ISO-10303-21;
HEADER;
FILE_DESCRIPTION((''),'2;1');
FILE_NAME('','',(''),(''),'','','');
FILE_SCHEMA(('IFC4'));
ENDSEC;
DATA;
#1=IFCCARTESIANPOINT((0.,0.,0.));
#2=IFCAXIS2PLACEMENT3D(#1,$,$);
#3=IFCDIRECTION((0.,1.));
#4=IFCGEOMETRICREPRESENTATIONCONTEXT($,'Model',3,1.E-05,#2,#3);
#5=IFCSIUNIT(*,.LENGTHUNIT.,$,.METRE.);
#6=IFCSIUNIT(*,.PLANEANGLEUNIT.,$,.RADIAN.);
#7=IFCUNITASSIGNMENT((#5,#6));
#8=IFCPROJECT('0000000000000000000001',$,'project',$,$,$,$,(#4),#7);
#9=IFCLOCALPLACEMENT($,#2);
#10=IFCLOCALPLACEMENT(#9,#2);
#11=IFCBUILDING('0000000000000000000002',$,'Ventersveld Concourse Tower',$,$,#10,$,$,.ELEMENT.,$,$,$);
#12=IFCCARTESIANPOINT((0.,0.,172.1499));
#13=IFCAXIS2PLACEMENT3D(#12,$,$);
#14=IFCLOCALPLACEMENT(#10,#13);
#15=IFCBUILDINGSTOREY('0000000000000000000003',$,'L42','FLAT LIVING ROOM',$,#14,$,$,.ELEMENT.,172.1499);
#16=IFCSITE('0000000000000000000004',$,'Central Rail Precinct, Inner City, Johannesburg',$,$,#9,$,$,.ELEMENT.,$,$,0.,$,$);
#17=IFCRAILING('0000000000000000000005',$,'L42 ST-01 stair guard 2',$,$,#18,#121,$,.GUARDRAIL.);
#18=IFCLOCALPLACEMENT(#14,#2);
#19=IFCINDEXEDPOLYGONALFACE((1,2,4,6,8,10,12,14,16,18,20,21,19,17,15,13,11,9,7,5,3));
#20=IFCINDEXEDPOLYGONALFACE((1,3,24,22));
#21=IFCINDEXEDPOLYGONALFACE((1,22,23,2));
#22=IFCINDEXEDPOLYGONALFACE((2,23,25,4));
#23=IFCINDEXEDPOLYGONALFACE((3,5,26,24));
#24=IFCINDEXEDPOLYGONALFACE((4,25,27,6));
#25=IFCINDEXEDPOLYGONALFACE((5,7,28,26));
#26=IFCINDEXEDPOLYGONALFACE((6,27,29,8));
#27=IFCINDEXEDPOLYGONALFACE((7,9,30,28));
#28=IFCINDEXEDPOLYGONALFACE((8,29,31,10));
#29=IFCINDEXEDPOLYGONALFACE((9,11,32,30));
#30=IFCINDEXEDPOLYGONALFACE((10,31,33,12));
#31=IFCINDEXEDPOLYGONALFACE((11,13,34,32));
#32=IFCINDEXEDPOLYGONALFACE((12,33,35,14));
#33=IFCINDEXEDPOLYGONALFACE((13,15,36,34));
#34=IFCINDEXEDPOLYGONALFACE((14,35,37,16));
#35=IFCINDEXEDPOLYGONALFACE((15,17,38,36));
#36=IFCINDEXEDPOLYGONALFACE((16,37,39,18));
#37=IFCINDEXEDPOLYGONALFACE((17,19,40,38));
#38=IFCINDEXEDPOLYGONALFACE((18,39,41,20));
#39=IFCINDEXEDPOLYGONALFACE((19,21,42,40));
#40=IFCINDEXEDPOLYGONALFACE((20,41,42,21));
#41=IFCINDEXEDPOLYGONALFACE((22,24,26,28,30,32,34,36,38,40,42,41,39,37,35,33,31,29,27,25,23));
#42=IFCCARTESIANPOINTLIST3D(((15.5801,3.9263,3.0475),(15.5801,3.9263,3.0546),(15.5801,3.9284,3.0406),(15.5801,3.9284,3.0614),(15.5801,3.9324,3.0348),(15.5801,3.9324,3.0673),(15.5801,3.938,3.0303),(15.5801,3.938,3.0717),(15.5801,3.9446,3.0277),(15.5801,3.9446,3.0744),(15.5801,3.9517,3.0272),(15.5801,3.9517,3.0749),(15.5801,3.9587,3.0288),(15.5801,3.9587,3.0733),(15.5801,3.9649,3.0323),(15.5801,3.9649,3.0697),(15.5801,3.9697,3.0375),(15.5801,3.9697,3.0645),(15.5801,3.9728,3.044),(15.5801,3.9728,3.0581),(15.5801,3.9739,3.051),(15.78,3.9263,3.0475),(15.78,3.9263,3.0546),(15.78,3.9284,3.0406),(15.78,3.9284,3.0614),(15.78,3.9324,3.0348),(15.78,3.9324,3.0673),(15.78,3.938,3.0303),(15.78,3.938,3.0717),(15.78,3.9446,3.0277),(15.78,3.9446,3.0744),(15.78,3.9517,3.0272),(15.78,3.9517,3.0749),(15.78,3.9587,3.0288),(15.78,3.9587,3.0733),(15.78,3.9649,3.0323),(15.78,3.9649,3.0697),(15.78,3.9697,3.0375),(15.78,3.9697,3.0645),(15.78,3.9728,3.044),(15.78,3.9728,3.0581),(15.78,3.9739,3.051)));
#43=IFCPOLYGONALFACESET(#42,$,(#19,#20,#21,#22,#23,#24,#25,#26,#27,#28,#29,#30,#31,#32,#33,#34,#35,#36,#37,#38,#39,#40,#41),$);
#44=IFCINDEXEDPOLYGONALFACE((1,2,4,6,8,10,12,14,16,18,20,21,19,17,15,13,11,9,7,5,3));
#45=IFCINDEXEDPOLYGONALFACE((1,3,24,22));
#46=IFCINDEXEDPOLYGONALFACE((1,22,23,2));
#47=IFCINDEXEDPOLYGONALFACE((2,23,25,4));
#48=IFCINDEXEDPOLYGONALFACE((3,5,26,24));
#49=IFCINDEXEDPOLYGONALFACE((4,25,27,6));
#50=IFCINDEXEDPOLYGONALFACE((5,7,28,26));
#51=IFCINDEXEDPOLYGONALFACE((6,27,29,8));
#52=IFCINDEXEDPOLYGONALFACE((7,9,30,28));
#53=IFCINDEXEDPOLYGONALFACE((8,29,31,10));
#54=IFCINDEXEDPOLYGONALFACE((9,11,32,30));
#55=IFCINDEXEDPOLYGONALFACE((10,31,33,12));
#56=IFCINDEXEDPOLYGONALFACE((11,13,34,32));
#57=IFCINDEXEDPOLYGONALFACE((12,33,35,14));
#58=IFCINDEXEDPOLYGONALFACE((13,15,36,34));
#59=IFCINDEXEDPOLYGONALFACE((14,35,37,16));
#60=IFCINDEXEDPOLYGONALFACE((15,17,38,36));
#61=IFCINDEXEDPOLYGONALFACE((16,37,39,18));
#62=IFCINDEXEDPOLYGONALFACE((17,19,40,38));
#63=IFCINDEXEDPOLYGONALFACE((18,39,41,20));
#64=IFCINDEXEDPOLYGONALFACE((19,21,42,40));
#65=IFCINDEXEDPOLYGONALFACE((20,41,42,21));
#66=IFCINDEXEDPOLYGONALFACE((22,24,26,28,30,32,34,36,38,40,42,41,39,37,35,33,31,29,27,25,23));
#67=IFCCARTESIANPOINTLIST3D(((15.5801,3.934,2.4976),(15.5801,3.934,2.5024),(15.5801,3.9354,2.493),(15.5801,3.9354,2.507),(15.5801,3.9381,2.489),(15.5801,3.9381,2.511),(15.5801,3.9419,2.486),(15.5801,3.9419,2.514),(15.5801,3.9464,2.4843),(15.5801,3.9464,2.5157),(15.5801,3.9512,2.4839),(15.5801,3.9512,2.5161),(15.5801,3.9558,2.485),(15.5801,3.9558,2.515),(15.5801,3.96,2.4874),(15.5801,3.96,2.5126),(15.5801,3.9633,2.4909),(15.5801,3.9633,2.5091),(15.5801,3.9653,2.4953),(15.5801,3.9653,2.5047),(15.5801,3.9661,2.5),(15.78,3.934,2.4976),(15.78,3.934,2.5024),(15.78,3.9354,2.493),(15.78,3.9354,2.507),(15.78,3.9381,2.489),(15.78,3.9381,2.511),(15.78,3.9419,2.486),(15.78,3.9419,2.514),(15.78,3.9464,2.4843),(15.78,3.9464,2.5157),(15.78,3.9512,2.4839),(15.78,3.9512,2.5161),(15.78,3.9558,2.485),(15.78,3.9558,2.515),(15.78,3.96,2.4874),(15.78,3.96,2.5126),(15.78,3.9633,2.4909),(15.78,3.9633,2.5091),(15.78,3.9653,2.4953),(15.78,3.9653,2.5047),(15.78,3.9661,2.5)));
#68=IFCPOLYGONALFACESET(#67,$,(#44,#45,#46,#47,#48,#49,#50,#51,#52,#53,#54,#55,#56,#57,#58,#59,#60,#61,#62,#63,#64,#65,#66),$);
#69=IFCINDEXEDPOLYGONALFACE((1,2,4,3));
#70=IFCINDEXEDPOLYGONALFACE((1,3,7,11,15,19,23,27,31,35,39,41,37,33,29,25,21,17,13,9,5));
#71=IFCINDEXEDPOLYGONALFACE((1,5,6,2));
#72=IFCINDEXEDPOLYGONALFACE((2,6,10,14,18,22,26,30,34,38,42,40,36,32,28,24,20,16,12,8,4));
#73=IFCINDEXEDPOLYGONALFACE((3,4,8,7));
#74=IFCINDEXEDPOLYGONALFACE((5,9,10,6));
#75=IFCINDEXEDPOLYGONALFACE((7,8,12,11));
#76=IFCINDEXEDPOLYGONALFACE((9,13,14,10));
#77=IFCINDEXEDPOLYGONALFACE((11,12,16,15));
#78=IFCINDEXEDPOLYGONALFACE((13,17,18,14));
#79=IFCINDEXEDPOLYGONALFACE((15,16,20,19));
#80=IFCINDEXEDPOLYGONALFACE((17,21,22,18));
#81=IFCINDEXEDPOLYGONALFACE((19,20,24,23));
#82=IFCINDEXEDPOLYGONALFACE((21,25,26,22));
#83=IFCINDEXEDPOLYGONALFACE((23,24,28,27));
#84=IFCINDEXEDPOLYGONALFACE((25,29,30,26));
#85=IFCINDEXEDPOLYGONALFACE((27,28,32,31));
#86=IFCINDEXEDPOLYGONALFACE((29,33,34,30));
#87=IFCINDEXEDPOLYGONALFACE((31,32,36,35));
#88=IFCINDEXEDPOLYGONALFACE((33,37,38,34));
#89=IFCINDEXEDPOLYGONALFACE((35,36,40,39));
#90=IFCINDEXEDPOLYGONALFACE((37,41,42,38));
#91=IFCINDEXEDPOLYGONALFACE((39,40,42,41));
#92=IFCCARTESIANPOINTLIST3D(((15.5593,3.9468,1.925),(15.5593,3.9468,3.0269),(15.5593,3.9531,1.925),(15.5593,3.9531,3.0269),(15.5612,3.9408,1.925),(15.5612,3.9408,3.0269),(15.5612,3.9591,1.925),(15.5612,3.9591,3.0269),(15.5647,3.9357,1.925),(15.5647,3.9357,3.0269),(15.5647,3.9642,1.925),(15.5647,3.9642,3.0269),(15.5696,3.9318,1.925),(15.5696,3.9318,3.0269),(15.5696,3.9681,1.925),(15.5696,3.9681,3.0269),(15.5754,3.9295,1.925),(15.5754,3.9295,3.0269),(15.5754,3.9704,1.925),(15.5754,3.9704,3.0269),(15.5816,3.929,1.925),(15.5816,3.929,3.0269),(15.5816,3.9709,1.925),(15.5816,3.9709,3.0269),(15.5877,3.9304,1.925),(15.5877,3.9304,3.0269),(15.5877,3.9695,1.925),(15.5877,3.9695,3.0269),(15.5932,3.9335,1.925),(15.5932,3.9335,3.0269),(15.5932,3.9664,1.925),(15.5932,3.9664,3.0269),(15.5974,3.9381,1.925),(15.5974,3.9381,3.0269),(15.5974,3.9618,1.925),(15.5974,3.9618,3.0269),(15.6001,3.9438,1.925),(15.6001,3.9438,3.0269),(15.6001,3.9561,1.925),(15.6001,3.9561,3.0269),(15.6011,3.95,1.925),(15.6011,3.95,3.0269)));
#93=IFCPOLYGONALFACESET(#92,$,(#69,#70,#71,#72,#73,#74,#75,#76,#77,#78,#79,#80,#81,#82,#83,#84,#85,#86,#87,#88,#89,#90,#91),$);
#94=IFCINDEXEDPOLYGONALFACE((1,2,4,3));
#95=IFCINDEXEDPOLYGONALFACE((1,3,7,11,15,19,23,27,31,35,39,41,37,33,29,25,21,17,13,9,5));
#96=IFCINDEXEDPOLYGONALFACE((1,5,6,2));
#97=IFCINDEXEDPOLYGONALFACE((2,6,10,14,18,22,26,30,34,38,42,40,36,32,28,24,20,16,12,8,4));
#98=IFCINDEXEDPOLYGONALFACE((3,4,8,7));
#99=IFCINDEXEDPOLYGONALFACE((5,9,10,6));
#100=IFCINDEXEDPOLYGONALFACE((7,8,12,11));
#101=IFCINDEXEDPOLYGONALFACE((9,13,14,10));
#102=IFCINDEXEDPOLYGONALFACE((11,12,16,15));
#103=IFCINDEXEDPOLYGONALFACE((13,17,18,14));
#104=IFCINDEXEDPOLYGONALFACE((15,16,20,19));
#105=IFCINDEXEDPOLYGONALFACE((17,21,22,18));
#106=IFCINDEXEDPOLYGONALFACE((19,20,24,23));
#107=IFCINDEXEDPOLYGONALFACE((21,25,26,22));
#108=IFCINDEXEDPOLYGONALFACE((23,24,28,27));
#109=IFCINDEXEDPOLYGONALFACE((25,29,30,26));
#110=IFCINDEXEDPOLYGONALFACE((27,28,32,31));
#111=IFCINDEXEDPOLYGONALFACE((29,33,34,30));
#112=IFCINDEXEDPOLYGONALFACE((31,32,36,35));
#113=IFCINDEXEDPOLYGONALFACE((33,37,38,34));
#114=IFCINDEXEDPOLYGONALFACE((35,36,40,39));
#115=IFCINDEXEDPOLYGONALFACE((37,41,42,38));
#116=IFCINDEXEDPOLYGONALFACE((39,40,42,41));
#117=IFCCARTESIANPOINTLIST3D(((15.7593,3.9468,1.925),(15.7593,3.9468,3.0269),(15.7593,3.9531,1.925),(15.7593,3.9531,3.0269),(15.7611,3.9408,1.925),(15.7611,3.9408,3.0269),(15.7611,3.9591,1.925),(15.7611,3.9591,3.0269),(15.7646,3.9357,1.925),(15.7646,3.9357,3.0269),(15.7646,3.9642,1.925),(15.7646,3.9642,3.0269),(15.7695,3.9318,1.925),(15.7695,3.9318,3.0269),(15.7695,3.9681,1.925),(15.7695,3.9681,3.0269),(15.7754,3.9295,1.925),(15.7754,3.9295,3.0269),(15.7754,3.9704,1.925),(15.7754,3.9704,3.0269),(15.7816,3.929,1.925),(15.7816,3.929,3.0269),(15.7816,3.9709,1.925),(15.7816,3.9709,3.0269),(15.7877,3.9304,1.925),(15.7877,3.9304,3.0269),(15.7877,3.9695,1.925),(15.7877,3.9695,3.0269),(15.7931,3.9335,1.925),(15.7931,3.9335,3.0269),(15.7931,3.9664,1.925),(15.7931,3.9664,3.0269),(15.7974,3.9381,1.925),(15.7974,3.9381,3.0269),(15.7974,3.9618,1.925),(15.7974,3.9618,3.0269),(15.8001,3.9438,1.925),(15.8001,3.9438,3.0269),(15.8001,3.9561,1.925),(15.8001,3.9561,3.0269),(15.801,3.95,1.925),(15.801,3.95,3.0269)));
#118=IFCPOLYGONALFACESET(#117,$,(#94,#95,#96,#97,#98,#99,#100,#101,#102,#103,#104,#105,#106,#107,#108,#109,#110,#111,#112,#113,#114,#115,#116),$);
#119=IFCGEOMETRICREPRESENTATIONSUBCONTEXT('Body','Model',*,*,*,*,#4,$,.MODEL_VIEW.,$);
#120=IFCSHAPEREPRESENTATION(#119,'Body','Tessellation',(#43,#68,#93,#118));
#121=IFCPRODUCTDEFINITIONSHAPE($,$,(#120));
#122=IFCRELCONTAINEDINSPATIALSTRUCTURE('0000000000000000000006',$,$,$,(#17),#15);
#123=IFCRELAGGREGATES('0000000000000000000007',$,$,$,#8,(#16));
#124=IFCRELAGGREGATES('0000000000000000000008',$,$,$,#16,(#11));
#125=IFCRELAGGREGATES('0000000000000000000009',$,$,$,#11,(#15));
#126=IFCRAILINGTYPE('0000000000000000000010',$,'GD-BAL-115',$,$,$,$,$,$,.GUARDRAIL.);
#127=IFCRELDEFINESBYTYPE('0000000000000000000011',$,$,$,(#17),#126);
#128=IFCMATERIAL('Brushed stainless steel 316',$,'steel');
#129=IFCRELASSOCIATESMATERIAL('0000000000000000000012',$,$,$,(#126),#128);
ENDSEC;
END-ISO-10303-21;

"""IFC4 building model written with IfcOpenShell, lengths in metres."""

from ifc_helpers import new_model, si_unit, direction, frame, origin, origin_2d, place, context, subcontext, project, spatial, circle, extrude, material, type_object, element, save


model = new_model("IFC4")

# Units and contexts
model_context = context("Model", 3, precision=1e-05, world=origin(), true_north=direction((0.0, 1.0)))
body_context = subcontext(model_context, "Body", "Model", "MODEL_VIEW")
ifc_project = project(units=[si_unit("LENGTHUNIT", "METRE"), si_unit("PLANEANGLEUNIT", "RADIAN")], contexts=[model_context])

# Site, building, storey
site_placement = place(None, origin())
site = spatial("IfcSite", under=ifc_project, at=site_placement, Name="Central Rail Precinct, Inner City, Johannesburg", CompositionType="ELEMENT", RefElevation=0.0)
building_placement = place(site_placement, origin())
building = spatial("IfcBuilding", under=site, at=building_placement, Name="Ventersveld Concourse Tower", CompositionType="ELEMENT")
storey_placement = place(building_placement, frame((0.0, 0.0, 172.1499)))
storey = spatial("IfcBuildingStorey", under=building, at=storey_placement, Name="L42", Description="FLAT LIVING ROOM", CompositionType="ELEMENT", Elevation=172.1499)

# Railing
ifc_material_1 = material(Name="Brushed stainless steel 316", Category="steel")
railing_type_1 = type_object("IfcRailingType", Name="GD-BAL-115", PredefinedType="GUARDRAIL", material=ifc_material_1)
railing_1_placement = place(storey_placement, frame((15.5801, 3.95, 1.925)))
element("IfcRailing", 1, at=railing_1_placement, inside=storey, type_object=railing_type_1, Name="L42 ST-01 stair guard 2", PredefinedType="GUARDRAIL", context=body_context, shape_type="SweptSolid", body=[
    extrude(circle(Radius=0.0239, at=origin_2d()), frame((0.0, 0.0, 1.126), z_axis=(1.0, 0.0, 0.0), x_axis=(0.0, 1.0, 0.0)), (0.0, 0.0, 1.0), 0.2),
    extrude(circle(Radius=0.0161, at=origin_2d()), frame((0.0, 0.0, 0.575), z_axis=(1.0, 0.0, 0.0), x_axis=(0.0, 1.0, 0.0)), (0.0, 0.0, 1.0), 0.2),
    extrude(circle(Radius=0.021, at=origin_2d()), origin(), (0.0, 0.0, 1.0), 1.1018),
    extrude(circle(Radius=0.021, at=origin_2d()), frame((0.2, 0.0, 0.0)), (0.0, 0.0, 1.0), 1.1018),
])

save(model, "model.ifc")
